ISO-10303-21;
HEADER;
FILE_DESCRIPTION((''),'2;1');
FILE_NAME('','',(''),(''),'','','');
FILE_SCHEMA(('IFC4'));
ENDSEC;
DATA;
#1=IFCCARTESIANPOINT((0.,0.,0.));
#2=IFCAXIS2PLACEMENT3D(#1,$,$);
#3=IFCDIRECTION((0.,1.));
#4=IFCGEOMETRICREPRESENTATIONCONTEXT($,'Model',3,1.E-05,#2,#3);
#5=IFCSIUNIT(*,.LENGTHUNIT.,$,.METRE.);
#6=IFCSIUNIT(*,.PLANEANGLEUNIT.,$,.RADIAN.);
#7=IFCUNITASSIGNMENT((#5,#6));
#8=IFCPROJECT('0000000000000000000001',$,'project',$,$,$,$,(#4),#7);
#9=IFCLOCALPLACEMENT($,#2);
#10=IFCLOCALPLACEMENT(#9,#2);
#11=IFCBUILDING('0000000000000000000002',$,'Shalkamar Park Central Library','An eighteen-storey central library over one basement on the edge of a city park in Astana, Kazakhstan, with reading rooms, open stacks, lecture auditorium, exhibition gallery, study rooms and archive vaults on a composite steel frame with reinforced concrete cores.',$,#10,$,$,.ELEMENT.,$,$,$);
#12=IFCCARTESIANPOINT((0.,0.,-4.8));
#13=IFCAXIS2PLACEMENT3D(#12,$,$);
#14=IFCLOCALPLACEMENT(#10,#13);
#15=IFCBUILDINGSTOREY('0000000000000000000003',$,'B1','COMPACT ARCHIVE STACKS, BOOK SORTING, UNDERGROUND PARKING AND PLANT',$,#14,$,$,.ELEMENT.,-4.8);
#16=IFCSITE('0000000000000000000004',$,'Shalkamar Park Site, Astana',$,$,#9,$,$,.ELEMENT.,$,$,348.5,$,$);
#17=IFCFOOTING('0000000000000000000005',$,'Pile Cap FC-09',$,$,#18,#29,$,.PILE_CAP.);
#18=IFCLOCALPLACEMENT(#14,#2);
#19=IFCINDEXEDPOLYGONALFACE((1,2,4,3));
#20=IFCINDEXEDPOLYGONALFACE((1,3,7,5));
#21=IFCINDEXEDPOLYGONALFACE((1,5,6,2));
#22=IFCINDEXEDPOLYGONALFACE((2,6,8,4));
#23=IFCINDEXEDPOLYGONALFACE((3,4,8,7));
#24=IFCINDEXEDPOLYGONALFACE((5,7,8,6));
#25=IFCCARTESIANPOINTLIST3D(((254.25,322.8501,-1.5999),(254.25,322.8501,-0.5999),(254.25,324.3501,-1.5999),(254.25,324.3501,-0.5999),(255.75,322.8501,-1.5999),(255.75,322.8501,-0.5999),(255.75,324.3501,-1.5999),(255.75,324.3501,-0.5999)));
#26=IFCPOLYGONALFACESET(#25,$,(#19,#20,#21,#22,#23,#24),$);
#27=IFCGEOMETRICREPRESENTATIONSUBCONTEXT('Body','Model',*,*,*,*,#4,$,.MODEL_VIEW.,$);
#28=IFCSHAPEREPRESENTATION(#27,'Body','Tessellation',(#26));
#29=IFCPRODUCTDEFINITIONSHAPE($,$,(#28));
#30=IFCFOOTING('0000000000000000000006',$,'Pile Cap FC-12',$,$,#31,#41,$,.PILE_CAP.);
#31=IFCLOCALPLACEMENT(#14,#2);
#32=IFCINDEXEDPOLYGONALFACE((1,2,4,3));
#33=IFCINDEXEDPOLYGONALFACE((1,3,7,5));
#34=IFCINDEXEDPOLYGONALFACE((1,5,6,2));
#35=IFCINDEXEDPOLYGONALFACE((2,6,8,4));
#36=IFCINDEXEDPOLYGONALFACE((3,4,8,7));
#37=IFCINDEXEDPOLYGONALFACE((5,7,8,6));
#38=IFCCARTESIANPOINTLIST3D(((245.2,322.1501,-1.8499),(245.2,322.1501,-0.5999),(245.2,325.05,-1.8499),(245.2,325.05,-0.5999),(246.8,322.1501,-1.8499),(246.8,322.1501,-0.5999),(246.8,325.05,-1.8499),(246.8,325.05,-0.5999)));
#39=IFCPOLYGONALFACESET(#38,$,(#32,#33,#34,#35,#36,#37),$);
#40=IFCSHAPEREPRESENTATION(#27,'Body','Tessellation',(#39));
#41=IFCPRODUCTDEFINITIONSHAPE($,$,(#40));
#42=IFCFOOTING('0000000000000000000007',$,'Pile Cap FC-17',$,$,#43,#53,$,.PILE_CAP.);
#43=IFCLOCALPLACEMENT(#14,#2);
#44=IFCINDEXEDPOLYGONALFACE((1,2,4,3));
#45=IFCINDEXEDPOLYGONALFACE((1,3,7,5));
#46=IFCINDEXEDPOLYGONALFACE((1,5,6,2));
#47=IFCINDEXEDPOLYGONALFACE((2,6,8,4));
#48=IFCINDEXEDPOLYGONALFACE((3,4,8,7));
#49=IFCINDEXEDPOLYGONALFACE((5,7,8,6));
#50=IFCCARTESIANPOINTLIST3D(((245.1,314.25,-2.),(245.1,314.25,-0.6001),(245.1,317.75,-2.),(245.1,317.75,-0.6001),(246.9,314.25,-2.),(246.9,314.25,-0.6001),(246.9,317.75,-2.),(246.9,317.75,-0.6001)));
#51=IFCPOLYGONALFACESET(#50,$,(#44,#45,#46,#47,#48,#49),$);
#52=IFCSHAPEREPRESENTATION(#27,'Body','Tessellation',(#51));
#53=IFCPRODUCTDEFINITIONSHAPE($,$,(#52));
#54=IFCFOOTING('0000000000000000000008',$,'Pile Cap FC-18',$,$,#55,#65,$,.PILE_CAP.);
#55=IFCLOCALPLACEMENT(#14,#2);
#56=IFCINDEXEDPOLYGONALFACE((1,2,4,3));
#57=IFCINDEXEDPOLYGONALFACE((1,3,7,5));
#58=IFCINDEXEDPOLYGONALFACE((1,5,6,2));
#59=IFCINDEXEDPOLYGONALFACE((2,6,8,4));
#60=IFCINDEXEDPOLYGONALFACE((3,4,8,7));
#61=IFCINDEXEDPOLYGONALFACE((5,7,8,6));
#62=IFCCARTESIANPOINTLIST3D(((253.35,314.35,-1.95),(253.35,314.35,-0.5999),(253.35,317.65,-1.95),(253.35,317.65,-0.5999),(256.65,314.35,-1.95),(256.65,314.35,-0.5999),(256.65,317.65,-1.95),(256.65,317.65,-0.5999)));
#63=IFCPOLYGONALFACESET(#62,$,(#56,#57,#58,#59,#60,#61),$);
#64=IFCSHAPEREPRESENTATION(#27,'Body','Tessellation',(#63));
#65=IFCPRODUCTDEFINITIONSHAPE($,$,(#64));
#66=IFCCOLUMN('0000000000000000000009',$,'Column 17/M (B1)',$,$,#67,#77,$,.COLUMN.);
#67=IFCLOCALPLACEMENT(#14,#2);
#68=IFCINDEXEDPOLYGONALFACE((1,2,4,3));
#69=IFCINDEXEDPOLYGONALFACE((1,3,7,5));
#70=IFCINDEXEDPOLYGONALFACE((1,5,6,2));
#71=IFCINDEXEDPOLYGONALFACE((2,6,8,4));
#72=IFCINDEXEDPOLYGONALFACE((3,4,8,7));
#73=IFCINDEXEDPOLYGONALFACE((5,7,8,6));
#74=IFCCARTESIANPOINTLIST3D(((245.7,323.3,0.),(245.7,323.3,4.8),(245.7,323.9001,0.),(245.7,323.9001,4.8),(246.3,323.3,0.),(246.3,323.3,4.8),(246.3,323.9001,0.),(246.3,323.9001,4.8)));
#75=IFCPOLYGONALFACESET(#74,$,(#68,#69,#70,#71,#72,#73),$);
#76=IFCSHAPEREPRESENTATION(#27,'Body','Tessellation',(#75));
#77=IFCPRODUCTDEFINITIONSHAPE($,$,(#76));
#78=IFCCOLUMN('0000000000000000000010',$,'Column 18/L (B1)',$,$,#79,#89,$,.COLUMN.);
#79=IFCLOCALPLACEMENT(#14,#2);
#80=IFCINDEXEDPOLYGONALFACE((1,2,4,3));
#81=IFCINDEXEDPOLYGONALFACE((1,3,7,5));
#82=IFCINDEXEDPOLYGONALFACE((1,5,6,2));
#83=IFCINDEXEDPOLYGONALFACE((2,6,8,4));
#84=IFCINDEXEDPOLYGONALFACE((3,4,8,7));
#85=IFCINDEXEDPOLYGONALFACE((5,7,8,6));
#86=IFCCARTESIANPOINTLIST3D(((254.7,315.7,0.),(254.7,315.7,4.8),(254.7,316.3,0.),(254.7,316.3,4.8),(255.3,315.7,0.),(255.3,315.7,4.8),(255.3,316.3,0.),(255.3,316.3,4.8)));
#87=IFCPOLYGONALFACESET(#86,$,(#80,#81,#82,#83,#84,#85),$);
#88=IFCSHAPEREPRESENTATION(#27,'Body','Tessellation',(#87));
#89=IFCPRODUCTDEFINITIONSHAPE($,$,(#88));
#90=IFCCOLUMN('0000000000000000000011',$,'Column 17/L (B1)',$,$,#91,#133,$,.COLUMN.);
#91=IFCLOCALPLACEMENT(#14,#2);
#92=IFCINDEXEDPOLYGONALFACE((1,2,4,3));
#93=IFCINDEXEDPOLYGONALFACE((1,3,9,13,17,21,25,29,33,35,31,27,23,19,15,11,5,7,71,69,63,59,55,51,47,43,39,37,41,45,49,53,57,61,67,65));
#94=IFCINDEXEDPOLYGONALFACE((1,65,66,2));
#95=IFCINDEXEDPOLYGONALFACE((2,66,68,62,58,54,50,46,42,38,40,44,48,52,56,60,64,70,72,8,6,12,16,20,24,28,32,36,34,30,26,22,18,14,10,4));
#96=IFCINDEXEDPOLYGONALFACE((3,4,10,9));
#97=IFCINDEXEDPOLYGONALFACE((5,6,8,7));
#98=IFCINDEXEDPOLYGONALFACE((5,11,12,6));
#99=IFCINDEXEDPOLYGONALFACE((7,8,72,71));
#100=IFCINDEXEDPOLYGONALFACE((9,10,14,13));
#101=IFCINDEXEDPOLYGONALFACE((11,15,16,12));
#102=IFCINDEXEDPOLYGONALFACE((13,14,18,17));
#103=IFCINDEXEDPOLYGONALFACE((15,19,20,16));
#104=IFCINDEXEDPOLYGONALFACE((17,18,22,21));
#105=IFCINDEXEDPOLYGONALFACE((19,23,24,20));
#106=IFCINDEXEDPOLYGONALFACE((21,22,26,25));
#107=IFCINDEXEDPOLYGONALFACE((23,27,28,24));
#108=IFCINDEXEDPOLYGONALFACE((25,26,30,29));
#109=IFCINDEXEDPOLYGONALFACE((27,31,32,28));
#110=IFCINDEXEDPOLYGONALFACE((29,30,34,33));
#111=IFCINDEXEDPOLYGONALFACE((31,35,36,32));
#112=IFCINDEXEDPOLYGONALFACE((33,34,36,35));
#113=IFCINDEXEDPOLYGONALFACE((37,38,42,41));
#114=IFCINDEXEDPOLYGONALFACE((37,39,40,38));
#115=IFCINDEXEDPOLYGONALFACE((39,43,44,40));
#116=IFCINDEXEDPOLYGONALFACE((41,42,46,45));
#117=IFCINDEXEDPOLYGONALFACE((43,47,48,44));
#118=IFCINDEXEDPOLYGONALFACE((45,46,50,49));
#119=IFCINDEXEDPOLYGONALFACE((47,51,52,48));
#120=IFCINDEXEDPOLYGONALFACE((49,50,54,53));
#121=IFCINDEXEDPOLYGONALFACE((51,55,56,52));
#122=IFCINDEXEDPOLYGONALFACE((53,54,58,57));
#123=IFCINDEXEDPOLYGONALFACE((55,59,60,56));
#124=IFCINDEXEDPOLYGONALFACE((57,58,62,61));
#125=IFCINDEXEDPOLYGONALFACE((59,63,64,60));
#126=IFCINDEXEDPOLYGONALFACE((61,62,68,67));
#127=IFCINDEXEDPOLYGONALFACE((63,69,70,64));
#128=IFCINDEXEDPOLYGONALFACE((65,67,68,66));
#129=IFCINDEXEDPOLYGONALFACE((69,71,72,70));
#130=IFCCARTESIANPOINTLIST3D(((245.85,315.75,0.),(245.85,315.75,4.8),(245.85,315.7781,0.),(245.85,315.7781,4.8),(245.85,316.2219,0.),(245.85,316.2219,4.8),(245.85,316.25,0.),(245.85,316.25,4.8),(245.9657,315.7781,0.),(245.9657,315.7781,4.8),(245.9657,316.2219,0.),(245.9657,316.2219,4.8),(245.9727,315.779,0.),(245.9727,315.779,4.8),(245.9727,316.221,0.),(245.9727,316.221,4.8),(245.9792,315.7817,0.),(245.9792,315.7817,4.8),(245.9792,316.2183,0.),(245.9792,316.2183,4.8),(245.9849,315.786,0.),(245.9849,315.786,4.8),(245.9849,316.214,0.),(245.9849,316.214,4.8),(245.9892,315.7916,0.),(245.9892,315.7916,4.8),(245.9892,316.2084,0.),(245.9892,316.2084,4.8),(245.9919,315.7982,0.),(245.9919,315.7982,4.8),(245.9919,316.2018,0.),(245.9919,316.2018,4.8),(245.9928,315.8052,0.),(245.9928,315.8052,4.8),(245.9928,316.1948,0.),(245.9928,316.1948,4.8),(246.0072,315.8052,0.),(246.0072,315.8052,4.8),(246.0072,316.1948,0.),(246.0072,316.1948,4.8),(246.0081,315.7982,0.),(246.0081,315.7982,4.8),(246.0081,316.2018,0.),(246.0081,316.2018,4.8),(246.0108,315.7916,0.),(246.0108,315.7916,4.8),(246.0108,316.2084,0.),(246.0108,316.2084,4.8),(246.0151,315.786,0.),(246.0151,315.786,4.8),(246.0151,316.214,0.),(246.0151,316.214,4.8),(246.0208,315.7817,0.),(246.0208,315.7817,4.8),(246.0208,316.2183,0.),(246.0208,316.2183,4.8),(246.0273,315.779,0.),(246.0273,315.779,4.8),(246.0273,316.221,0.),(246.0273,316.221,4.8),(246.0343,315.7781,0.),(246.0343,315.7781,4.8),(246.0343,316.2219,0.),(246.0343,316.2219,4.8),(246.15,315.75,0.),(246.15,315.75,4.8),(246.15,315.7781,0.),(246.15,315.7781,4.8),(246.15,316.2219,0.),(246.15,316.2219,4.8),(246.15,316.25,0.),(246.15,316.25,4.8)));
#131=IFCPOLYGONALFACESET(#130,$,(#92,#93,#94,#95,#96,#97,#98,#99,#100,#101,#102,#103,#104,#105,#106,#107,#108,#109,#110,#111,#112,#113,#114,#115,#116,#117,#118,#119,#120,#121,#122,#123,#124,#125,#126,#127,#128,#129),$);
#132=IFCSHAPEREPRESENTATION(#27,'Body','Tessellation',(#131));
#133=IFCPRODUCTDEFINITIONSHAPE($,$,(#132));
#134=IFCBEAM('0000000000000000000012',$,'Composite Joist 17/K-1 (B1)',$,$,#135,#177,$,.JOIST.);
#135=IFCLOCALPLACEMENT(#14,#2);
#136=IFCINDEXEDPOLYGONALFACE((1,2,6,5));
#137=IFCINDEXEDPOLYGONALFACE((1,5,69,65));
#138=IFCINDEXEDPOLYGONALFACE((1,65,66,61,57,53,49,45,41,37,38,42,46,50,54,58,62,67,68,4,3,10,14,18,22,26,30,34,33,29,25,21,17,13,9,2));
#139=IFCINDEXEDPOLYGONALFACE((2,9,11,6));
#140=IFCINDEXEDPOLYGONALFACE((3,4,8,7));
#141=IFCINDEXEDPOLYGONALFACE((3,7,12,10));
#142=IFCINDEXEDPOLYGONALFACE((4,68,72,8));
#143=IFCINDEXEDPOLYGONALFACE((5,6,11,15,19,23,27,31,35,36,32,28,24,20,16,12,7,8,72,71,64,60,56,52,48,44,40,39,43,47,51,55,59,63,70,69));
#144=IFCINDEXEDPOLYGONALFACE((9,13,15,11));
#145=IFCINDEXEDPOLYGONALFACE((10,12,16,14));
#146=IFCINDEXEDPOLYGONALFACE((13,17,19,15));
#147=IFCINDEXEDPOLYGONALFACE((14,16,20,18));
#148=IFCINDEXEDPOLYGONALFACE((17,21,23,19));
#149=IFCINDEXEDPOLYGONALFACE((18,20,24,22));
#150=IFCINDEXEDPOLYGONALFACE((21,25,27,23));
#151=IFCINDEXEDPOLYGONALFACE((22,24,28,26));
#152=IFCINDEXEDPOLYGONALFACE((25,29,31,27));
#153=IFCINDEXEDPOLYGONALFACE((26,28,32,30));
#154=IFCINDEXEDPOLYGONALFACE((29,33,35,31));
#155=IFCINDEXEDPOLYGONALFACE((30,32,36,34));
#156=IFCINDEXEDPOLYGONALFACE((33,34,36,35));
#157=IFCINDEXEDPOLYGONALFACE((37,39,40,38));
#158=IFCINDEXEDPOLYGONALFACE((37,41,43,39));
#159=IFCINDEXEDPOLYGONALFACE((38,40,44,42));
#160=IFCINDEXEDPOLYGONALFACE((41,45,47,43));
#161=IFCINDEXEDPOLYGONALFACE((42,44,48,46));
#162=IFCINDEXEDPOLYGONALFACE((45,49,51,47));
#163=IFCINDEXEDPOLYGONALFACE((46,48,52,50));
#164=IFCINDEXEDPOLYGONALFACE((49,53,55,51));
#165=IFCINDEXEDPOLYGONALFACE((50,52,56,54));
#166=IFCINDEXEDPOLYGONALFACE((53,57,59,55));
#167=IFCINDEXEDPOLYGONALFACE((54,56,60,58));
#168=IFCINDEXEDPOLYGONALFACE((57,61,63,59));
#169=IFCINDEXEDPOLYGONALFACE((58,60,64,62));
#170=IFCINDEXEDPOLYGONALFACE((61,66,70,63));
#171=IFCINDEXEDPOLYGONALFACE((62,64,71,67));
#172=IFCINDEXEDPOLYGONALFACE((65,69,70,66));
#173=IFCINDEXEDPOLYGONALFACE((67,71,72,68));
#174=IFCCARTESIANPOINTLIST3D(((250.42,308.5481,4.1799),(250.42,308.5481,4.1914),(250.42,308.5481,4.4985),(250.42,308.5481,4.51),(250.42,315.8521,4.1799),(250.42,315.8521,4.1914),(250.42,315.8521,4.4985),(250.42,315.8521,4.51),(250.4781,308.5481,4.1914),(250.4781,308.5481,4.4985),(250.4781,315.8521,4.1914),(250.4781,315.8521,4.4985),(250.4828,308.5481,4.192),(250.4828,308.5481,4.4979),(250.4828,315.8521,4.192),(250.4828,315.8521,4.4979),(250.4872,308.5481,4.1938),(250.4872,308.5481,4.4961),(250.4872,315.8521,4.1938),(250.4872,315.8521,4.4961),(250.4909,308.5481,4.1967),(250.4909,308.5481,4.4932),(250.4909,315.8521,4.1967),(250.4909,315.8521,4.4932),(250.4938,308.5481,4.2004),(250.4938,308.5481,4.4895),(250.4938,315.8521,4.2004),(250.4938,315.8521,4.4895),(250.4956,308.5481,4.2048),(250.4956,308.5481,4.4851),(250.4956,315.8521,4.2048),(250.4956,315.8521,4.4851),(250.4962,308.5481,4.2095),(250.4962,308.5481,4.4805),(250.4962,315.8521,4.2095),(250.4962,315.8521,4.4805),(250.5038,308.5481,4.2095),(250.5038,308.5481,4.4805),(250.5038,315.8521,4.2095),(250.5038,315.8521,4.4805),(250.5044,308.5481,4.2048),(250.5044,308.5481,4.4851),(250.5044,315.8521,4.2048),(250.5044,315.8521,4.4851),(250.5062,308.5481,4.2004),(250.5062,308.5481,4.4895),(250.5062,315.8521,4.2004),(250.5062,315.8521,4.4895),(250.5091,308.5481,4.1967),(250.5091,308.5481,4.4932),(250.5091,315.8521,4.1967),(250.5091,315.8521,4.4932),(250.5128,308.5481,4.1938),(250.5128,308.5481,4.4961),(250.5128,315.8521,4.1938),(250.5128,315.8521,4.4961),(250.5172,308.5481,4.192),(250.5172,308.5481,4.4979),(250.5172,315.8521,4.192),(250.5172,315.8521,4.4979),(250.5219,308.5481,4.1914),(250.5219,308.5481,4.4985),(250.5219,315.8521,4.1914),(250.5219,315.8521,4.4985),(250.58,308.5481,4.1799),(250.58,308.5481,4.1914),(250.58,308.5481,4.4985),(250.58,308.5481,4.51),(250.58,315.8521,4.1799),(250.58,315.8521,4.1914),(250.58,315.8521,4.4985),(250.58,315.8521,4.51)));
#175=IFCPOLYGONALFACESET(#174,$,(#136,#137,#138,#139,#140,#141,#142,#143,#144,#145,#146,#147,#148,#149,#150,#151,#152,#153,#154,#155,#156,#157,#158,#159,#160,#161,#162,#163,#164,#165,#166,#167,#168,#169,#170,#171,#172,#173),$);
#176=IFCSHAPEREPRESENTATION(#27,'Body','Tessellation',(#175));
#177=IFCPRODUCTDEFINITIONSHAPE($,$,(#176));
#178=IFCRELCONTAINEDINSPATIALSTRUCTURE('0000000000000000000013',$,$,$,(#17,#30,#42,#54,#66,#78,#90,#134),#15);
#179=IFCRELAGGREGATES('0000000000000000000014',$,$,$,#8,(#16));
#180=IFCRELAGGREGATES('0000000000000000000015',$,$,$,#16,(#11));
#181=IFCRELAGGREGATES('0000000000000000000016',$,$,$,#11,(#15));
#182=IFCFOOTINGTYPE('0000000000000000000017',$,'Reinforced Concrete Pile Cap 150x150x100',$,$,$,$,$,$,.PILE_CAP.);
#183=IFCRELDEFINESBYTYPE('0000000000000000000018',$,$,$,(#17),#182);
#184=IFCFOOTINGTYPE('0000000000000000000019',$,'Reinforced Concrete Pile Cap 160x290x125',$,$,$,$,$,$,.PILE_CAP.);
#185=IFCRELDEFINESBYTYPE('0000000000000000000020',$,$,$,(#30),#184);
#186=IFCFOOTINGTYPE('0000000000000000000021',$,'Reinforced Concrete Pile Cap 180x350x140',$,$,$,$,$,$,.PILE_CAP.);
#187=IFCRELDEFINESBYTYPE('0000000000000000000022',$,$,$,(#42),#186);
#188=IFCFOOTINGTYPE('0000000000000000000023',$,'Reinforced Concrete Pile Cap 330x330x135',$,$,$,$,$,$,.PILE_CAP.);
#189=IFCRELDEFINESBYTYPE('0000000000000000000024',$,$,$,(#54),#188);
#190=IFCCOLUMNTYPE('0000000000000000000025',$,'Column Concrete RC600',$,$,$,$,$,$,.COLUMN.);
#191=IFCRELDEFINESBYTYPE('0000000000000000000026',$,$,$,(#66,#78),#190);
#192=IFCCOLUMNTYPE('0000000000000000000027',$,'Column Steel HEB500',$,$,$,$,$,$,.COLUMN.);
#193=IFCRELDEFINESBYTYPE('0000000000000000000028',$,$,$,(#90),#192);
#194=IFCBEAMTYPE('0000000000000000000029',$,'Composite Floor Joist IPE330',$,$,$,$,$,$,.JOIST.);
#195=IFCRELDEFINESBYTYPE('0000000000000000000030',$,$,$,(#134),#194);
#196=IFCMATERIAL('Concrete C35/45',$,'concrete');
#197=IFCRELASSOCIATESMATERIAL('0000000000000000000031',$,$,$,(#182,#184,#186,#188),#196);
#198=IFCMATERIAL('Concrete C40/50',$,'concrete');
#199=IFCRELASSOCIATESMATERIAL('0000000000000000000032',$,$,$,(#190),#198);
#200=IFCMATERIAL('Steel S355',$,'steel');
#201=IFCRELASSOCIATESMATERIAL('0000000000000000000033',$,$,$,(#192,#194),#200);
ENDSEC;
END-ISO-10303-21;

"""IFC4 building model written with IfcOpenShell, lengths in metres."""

from ifc_helpers import new_model, si_unit, direction, frame, origin, origin_2d, place, context, subcontext, project, spatial, rectangle, i_section, extrude, material, material_profile, profile_set, type_object, element, save


model = new_model("IFC4")

# Units and contexts
model_context = context("Model", 3, precision=1e-05, world=origin(), true_north=direction((0.0, 1.0)))
body_context = subcontext(model_context, "Body", "Model", "MODEL_VIEW")
ifc_project = project(units=[si_unit("LENGTHUNIT", "METRE"), si_unit("PLANEANGLEUNIT", "RADIAN")], contexts=[model_context])

# Site, building, storey
site_placement = place(None, origin())
site = spatial("IfcSite", under=ifc_project, at=site_placement, Name="Shalkamar Park Site, Astana", CompositionType="ELEMENT", RefElevation=348.5)
building_placement = place(site_placement, origin())
building = spatial("IfcBuilding", under=site, at=building_placement, Name="Shalkamar Park Central Library", Description="An eighteen-storey central library over one basement on the edge of a city park in Astana, Kazakhstan, with reading rooms, open stacks, lecture auditorium, exhibition gallery, study rooms and archive vaults on a composite steel frame with reinforced concrete cores.", CompositionType="ELEMENT")
storey_placement = place(building_placement, frame((0.0, 0.0, -4.8)))
storey = spatial("IfcBuildingStorey", under=building, at=storey_placement, Name="B1", Description="COMPACT ARCHIVE STACKS, BOOK SORTING, UNDERGROUND PARKING AND PLANT", CompositionType="ELEMENT", Elevation=-4.8)

# Shared definitions
ifc_material_1 = material(Name="Concrete C35/45", Category="concrete")

# Footings
footing_type_1 = type_object("IfcFootingType", Name="Reinforced Concrete Pile Cap 150x150x100", PredefinedType="PILE_CAP", material=ifc_material_1)
footing_1_placement = place(storey_placement, frame((255.0, 323.6001, -1.5999), z_axis=(0.0, 0.0, 1.0), x_axis=(1.0, 0.0, 0.0)))
element("IfcFooting", 1, at=footing_1_placement, inside=storey, type_object=footing_type_1, Name="Pile Cap FC-09", PredefinedType="PILE_CAP", context=body_context, shape_type="SweptSolid", body=[
    extrude(rectangle(XDim=1.5, YDim=1.5, at=origin_2d()), origin(), (0.0, 0.0, 1.0), 1.0),
])
footing_type_2 = type_object("IfcFootingType", Name="Reinforced Concrete Pile Cap 160x290x125", PredefinedType="PILE_CAP", material=ifc_material_1)
footing_2_placement = place(storey_placement, frame((246.0, 323.6001, -1.8499), z_axis=(0.0, 0.0, 1.0), x_axis=(1.0, 0.0, 0.0)))
element("IfcFooting", 2, at=footing_2_placement, inside=storey, type_object=footing_type_2, Name="Pile Cap FC-12", PredefinedType="PILE_CAP", context=body_context, shape_type="SweptSolid", body=[
    extrude(rectangle(XDim=1.6001, YDim=2.8999, at=origin_2d()), origin(), (0.0, 0.0, 1.0), 1.25),
])
footing_type_3 = type_object("IfcFootingType", Name="Reinforced Concrete Pile Cap 180x350x140", PredefinedType="PILE_CAP", material=ifc_material_1)
footing_3_placement = place(storey_placement, frame((246.0, 316.0, -2.0), z_axis=(0.0, 0.0, 1.0), x_axis=(1.0, 0.0, 0.0)))
element("IfcFooting", 3, at=footing_3_placement, inside=storey, type_object=footing_type_3, Name="Pile Cap FC-17", PredefinedType="PILE_CAP", context=body_context, shape_type="SweptSolid", body=[
    extrude(rectangle(XDim=1.8, YDim=3.5, at=origin_2d()), origin(), (0.0, 0.0, 1.0), 1.3999),
])
footing_type_4 = type_object("IfcFootingType", Name="Reinforced Concrete Pile Cap 330x330x135", PredefinedType="PILE_CAP", material=ifc_material_1)
footing_4_placement = place(storey_placement, frame((255.0, 316.0, -1.95), z_axis=(0.0, 0.0, 1.0), x_axis=(1.0, 0.0, 0.0)))
element("IfcFooting", 4, at=footing_4_placement, inside=storey, type_object=footing_type_4, Name="Pile Cap FC-18", PredefinedType="PILE_CAP", context=body_context, shape_type="SweptSolid", body=[
    extrude(rectangle(XDim=3.3, YDim=3.3, at=origin_2d()), origin(), (0.0, 0.0, 1.0), 1.3501),
])

# Columns
ifc_material_2 = material(Name="Concrete C40/50", Category="concrete")
ifc_material_profile_1 = material_profile(ifc_material_2, rectangle(XDim=0.6001, YDim=0.6001, at=origin_2d()), Name="RC 600x600")
ifc_profile_set_1 = profile_set([ifc_material_profile_1], Name="Concrete C40/50")
column_type_1 = type_object("IfcColumnType", Name="Column Concrete RC600", PredefinedType="COLUMN", material=ifc_profile_set_1)
for number, where, z_axis, x_axis, name in (
    (5, (246.0, 323.6001, 0.0), (0.0, 0.0, 1.0), (1.0, 0.0, 0.0), "Column 17/M (B1)"),
    (6, (255.0, 316.0, 0.0), (0.0, 0.0, 1.0), (1.0, 0.0, 0.0), "Column 18/L (B1)"),
):
    element("IfcColumn", number, at=place(storey_placement, frame(where, z_axis=z_axis, x_axis=x_axis)), inside=storey, type_object=column_type_1, Name=name, PredefinedType="COLUMN", context=body_context, shape_type="SweptSolid", body=[
        extrude(rectangle(XDim=0.6001, YDim=0.6001, at=origin_2d()), origin(), (0.0, 0.0, 1.0), 4.8),
    ])
ifc_material_3 = material(Name="Steel S355", Category="steel")
ifc_material_profile_2 = material_profile(ifc_material_3, i_section(OverallWidth=0.3, OverallDepth=0.5, WebThickness=0.0144, FlangeThickness=0.0281, FilletRadius=0.0271, at=origin_2d()), Name="HEB 500")
ifc_profile_set_2 = profile_set([ifc_material_profile_2], Name="Steel S355")
column_type_2 = type_object("IfcColumnType", Name="Column Steel HEB500", PredefinedType="COLUMN", material=ifc_profile_set_2)
column_placement = place(storey_placement, frame((246.0, 316.0, 0.0), z_axis=(0.0, 0.0, 1.0), x_axis=(1.0, 0.0, 0.0)))
element("IfcColumn", 7, at=column_placement, inside=storey, type_object=column_type_2, Name="Column 17/L (B1)", PredefinedType="COLUMN", context=body_context, shape_type="SweptSolid", body=[
    extrude(i_section(OverallWidth=0.3, OverallDepth=0.5, WebThickness=0.0144, FlangeThickness=0.0281, FilletRadius=0.0271, at=origin_2d()), origin(), (0.0, 0.0, 1.0), 4.8),
])

# Beam
ifc_material_profile_3 = material_profile(ifc_material_3, i_section(OverallWidth=0.1599, OverallDepth=0.3301, WebThickness=0.0076, FlangeThickness=0.0115, FilletRadius=0.0181, at=origin_2d()), Name="IPE 330")
ifc_profile_set_3 = profile_set([ifc_material_profile_3], Name="Steel S355")
beam_type_1 = type_object("IfcBeamType", Name="Composite Floor Joist IPE330", PredefinedType="JOIST", material=ifc_profile_set_3)
for number, where, z_axis, x_axis, name in (
    (8, (250.5, 308.5481, 4.345), (0.0, 1.0, 0.0), (-1.0, 0.0, 0.0), "Composite Joist 17/K-1 (B1)"),
):
    element("IfcBeam", number, at=place(storey_placement, frame(where, z_axis=z_axis, x_axis=x_axis)), inside=storey, type_object=beam_type_1, Name=name, PredefinedType="JOIST", context=body_context, shape_type="SweptSolid", body=[
        extrude(i_section(OverallWidth=0.1599, OverallDepth=0.3301, WebThickness=0.0076, FlangeThickness=0.0115, FilletRadius=0.0181, at=origin_2d()), origin(), (0.0, 0.0, 1.0), 7.304),
    ])

save(model, "model.ifc")
